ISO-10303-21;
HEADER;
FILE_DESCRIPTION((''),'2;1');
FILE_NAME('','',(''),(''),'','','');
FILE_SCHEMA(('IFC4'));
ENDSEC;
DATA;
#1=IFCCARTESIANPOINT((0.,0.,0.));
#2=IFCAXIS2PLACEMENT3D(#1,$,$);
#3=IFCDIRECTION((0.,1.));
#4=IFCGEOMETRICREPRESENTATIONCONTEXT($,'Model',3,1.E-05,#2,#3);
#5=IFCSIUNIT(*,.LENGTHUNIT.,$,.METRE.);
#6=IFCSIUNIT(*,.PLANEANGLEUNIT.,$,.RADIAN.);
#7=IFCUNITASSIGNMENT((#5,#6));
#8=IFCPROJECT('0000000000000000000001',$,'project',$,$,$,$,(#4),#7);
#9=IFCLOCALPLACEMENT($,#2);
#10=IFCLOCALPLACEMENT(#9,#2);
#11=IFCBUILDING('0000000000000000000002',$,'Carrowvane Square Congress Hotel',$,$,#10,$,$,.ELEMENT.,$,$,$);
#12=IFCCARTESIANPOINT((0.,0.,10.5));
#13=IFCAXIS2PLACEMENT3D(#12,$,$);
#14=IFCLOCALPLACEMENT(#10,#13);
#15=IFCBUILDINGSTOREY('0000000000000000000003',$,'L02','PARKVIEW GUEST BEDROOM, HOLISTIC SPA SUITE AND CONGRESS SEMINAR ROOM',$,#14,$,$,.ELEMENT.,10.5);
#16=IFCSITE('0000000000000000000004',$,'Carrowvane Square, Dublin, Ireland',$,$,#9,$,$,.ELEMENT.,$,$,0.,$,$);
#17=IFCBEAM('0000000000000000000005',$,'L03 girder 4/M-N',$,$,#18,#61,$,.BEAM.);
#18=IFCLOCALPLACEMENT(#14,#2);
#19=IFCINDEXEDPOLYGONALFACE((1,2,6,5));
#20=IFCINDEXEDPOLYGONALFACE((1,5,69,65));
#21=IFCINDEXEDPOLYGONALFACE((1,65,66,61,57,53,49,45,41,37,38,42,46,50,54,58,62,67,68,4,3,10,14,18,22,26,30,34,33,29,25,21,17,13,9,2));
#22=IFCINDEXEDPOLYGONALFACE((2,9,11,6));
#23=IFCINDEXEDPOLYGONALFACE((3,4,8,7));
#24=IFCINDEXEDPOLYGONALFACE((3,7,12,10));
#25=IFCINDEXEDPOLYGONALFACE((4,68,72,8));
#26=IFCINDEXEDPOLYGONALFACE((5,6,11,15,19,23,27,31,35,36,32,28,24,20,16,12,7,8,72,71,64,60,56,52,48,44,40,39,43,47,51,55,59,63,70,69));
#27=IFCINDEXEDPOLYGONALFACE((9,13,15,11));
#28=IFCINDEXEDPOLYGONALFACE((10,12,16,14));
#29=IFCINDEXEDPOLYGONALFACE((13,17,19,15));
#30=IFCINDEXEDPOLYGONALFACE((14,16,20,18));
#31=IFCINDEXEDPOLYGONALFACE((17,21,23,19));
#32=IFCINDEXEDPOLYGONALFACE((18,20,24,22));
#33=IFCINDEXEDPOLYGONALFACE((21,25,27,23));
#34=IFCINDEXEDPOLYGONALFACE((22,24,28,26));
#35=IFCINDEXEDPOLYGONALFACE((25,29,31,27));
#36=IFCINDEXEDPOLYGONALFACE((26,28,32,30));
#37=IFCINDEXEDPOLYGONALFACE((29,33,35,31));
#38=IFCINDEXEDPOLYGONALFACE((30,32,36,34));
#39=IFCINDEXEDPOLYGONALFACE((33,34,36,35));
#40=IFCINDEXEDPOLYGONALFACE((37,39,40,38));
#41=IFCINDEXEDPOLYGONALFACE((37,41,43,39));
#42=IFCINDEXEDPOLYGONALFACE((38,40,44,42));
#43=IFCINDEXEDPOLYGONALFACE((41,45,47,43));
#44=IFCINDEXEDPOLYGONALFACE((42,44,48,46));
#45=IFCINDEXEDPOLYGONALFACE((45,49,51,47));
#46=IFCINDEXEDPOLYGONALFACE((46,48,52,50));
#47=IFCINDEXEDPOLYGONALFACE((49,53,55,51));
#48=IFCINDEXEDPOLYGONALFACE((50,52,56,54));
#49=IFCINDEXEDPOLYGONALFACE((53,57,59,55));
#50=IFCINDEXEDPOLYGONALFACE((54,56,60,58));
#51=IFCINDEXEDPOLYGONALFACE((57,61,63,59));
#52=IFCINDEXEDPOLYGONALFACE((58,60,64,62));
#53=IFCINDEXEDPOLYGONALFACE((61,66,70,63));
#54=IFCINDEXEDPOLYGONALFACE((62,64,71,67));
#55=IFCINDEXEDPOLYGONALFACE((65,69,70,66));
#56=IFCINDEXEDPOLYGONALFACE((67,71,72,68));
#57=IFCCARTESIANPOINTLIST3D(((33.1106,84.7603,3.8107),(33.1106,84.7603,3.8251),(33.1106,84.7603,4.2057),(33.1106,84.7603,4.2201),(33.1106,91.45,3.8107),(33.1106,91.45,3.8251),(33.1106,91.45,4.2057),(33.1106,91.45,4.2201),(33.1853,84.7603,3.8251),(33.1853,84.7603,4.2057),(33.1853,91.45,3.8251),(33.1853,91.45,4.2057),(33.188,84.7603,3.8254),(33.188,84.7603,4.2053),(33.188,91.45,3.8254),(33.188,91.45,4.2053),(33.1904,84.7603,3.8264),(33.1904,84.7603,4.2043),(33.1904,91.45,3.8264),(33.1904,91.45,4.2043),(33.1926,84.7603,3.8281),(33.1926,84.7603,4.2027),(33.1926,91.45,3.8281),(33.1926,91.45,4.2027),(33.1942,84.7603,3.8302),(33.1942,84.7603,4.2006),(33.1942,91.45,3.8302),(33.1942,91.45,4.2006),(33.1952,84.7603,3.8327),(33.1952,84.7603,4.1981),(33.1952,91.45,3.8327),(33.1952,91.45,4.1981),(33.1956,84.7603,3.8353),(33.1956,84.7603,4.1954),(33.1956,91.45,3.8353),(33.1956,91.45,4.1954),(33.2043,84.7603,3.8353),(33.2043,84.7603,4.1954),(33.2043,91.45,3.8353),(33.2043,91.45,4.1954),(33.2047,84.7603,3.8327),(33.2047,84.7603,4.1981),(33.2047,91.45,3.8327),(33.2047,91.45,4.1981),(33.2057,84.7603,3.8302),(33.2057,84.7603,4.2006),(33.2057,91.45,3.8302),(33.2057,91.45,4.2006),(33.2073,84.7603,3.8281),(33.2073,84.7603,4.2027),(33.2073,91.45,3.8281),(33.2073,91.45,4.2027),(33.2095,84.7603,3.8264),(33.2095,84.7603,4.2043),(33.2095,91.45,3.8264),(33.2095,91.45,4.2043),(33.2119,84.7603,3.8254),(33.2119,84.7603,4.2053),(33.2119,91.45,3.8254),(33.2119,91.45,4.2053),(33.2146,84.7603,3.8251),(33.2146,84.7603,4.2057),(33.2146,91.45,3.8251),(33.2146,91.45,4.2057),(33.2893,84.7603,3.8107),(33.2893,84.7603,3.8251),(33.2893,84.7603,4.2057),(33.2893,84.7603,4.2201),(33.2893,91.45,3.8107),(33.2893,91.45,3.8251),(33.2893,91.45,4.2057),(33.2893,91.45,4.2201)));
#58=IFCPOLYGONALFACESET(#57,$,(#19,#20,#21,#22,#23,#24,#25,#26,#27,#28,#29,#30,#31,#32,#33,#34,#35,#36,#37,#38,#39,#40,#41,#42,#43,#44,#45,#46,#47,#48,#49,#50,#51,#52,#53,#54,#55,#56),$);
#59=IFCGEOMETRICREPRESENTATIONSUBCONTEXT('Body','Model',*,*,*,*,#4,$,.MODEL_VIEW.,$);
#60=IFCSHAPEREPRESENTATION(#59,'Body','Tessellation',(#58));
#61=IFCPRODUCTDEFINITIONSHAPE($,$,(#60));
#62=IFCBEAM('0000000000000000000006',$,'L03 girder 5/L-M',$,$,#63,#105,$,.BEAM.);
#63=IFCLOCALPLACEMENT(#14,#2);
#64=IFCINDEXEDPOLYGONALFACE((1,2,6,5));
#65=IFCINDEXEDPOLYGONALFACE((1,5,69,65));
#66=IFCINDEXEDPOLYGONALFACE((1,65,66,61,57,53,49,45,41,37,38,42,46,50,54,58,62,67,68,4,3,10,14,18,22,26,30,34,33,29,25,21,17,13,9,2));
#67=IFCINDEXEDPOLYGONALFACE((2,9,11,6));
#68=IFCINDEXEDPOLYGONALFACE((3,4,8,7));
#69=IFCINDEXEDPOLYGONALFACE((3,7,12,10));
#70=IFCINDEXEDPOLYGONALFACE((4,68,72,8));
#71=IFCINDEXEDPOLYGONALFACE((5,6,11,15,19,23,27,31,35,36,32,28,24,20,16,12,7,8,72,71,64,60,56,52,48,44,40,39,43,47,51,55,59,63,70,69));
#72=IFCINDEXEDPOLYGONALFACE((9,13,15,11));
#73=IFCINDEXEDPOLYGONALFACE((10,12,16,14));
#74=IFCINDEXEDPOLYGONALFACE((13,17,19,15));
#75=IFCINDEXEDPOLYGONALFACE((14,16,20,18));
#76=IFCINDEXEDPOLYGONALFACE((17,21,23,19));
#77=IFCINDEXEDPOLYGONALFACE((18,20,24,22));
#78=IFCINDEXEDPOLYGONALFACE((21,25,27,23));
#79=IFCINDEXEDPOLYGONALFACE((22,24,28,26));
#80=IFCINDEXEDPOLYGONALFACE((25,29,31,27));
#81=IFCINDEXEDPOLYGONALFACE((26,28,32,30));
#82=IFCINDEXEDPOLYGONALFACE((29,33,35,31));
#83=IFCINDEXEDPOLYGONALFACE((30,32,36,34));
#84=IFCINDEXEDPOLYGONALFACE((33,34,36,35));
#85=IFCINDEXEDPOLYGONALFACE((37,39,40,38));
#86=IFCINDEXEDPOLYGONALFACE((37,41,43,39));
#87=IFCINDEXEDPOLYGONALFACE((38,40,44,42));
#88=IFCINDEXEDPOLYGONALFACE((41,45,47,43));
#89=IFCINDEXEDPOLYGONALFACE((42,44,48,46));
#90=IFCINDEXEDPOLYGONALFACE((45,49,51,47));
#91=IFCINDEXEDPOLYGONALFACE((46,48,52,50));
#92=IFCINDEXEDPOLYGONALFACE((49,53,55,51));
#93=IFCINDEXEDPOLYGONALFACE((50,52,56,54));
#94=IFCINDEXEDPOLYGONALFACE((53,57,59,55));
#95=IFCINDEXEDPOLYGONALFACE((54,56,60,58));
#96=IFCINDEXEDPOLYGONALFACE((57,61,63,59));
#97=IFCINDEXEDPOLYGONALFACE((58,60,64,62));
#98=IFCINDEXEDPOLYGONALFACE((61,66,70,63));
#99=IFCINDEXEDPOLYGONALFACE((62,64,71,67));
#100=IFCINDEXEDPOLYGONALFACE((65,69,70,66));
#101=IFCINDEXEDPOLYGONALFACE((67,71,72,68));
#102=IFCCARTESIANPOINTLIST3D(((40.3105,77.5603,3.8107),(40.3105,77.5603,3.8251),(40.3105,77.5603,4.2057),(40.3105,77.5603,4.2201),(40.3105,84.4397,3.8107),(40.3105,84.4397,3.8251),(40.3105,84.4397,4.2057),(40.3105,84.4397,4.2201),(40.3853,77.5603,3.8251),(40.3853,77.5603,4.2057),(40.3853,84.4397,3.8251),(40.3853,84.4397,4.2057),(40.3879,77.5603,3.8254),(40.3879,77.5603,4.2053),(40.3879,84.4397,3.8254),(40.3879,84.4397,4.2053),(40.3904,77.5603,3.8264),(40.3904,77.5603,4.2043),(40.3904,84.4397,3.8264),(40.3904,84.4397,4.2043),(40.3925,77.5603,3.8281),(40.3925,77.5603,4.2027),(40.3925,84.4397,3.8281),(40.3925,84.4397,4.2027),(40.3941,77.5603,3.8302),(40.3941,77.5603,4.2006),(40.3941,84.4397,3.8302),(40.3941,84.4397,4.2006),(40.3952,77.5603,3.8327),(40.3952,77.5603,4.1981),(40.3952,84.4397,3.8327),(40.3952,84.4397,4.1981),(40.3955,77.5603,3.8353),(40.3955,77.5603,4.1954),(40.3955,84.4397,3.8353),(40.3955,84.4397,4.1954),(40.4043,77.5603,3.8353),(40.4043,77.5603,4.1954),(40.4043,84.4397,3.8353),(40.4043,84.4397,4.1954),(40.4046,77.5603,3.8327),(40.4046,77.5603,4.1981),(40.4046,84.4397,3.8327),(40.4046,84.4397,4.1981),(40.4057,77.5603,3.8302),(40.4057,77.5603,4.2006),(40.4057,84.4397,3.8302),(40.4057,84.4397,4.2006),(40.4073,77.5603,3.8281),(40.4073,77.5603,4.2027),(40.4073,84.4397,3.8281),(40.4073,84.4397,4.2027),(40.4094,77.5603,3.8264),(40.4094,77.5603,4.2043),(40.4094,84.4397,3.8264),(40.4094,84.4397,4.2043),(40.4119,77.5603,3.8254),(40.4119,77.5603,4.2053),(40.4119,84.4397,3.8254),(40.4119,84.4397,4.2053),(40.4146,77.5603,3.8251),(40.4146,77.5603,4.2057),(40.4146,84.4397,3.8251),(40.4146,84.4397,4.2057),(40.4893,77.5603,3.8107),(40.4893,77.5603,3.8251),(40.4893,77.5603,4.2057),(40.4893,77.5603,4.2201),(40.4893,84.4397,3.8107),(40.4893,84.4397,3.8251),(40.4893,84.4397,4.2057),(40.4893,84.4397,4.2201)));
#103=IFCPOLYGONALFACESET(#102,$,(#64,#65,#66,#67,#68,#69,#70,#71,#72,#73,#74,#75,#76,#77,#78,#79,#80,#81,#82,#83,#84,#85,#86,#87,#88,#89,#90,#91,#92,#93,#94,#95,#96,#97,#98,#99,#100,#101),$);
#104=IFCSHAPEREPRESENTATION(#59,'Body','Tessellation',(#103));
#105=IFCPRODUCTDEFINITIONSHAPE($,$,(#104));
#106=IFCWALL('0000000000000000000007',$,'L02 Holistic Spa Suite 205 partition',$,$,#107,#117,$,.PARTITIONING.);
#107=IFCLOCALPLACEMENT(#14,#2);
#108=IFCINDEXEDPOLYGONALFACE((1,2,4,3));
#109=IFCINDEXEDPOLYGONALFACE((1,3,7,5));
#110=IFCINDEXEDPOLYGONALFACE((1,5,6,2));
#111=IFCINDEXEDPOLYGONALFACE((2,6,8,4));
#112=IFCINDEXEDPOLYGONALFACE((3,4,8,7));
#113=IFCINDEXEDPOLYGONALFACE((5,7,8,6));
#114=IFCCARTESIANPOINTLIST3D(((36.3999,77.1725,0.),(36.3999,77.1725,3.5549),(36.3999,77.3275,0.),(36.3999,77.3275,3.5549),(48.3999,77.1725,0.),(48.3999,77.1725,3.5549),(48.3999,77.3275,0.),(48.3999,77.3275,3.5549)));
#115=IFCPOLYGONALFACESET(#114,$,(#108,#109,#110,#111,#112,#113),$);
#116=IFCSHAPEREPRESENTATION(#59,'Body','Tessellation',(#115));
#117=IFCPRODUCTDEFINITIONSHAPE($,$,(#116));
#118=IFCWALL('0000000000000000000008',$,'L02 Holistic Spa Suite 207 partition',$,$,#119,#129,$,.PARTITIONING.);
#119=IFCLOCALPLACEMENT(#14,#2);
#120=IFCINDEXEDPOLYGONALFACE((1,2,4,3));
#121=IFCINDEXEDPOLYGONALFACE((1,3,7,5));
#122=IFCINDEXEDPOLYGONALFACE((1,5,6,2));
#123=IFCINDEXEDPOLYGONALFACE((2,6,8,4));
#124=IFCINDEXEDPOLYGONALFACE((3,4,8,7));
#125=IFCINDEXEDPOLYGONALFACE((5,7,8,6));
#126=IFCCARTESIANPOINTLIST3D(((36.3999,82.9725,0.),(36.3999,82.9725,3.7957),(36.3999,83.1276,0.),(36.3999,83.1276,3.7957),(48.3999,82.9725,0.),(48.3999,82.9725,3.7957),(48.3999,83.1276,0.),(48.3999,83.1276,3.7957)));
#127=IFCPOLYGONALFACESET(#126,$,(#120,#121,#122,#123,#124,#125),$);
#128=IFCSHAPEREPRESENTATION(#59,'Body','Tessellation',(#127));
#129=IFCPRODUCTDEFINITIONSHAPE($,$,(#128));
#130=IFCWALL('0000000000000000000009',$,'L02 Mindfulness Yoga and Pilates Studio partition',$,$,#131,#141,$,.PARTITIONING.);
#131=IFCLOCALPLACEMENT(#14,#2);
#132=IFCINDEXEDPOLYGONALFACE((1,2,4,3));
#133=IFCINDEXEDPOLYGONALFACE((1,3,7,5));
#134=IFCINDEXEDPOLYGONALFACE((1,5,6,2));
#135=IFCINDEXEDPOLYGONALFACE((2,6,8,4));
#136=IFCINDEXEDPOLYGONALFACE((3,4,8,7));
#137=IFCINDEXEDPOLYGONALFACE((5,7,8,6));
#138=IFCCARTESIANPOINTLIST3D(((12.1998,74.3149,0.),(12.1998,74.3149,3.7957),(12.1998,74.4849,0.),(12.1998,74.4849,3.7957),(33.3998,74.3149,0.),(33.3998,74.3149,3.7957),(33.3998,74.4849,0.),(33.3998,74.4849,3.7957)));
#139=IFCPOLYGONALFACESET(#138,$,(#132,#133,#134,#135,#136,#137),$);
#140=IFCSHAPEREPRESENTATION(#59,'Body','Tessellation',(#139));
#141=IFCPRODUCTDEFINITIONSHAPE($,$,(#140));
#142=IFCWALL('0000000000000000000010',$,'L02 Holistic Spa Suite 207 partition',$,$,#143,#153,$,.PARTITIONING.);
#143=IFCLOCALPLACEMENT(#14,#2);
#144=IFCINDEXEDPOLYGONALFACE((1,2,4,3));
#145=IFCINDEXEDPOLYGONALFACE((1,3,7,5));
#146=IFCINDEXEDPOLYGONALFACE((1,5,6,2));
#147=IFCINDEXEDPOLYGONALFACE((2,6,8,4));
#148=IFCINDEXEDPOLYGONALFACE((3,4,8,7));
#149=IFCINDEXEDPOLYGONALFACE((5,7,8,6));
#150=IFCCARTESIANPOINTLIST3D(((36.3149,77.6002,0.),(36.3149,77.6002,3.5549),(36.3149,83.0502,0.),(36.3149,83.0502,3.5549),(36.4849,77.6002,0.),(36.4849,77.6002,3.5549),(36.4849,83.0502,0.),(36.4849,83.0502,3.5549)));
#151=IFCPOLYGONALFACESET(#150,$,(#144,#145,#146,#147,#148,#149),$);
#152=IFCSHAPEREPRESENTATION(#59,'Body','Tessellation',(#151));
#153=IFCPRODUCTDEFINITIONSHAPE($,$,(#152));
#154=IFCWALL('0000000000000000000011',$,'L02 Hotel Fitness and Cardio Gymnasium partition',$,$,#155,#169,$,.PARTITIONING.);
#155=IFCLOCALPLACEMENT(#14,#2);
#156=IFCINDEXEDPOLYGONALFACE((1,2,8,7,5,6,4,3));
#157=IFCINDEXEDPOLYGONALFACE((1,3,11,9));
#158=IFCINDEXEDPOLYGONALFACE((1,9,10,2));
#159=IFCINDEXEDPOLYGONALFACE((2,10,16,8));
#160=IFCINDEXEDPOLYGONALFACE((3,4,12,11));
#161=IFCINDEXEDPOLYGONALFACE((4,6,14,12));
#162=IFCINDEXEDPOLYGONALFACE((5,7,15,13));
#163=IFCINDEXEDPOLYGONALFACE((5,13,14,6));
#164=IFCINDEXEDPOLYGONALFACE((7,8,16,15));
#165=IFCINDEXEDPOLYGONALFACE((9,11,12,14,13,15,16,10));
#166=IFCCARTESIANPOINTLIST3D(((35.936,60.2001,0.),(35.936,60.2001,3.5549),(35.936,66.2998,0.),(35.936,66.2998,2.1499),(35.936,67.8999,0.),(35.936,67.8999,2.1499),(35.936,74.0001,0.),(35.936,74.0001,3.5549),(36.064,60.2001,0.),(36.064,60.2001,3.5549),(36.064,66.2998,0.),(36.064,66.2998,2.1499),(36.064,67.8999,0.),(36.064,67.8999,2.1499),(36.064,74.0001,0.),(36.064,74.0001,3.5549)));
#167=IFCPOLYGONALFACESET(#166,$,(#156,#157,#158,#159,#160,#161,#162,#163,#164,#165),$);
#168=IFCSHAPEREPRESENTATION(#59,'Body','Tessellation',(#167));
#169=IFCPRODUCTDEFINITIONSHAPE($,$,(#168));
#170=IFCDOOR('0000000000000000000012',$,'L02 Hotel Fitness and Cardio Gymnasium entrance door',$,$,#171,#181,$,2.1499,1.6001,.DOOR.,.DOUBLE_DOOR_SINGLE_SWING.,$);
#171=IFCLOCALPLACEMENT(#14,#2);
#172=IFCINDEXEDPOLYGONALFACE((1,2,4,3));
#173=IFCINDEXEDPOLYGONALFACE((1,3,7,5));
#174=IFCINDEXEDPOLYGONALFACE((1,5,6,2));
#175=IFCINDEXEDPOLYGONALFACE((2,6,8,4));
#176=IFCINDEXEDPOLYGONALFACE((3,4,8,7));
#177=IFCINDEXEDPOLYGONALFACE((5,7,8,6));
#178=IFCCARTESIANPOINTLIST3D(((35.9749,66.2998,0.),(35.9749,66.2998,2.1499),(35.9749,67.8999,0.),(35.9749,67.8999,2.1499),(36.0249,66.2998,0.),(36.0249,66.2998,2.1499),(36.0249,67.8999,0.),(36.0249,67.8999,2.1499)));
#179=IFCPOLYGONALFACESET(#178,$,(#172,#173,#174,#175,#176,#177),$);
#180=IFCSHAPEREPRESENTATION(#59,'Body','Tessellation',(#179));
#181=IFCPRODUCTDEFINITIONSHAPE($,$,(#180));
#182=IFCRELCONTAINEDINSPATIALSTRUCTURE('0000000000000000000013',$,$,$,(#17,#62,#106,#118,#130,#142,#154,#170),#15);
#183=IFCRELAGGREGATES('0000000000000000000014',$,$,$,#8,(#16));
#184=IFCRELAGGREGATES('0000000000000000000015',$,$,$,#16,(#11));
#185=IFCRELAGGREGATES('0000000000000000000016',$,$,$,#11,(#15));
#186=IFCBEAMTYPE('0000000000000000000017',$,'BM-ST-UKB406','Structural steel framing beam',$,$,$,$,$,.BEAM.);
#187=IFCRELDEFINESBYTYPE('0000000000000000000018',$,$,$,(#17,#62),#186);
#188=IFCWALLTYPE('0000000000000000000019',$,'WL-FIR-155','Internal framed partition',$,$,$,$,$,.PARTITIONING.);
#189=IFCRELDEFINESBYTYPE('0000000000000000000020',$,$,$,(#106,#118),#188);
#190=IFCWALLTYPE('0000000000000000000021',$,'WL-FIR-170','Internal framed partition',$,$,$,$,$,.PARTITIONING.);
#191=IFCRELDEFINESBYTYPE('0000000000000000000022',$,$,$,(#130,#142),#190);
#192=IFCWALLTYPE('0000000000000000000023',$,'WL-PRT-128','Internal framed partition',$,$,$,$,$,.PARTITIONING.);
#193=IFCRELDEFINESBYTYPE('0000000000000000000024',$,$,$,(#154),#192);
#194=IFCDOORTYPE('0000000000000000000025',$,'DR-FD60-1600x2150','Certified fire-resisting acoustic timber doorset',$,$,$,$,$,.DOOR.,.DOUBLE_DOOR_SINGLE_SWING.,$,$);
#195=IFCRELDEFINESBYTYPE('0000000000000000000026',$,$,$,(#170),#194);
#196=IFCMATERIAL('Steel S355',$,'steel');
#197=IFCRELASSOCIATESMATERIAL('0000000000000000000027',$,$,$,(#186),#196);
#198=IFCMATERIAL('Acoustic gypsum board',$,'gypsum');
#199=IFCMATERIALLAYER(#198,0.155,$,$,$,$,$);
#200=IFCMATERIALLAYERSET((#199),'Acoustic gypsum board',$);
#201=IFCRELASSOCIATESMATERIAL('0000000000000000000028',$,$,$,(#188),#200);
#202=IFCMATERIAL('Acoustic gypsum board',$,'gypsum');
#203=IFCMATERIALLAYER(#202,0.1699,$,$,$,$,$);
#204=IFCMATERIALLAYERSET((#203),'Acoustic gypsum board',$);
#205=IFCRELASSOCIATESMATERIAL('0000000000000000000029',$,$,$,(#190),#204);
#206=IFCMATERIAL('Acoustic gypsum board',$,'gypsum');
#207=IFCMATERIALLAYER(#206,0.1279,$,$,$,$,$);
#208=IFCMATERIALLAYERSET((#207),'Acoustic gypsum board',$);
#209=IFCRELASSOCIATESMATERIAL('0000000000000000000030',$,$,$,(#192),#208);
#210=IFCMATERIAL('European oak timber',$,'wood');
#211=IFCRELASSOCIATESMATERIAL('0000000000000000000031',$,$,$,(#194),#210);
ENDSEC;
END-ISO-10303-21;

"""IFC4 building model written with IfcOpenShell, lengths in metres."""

from ifc_helpers import new_model, si_unit, direction, frame, frame_2d, origin, origin_2d, place, context, subcontext, project, spatial, rectangle, i_section, extrude, material, layer, layer_set, material_profile, profile_set, type_object, element, fill, save


model = new_model("IFC4")

# Units and contexts
model_context = context("Model", 3, precision=1e-05, world=origin(), true_north=direction((0.0, 1.0)))
body_context = subcontext(model_context, "Body", "Model", "MODEL_VIEW")
ifc_project = project(units=[si_unit("LENGTHUNIT", "METRE"), si_unit("PLANEANGLEUNIT", "RADIAN")], contexts=[model_context])

# Site, building, storey
site_placement = place(None, origin())
site = spatial("IfcSite", under=ifc_project, at=site_placement, Name="Carrowvane Square, Dublin, Ireland", CompositionType="ELEMENT", RefElevation=0.0)
building_placement = place(site_placement, origin())
building = spatial("IfcBuilding", under=site, at=building_placement, Name="Carrowvane Square Congress Hotel", CompositionType="ELEMENT")
storey_placement = place(building_placement, frame((0.0, 0.0, 10.5)))
storey = spatial("IfcBuildingStorey", under=building, at=storey_placement, Name="L02", Description="PARKVIEW GUEST BEDROOM, HOLISTIC SPA SUITE AND CONGRESS SEMINAR ROOM", CompositionType="ELEMENT", Elevation=10.5)

# Beams
ifc_material_1 = material(Name="Steel S355", Category="steel")
ifc_material_profile_1 = material_profile(ifc_material_1, i_section(OverallWidth=0.1787, OverallDepth=0.4094, WebThickness=0.0088, FlangeThickness=0.0144, FilletRadius=0.0103, at=origin_2d()), Name="UKB 406x178x67")
ifc_profile_set_1 = profile_set([ifc_material_profile_1], Name="Steel S355")
beam_type_1 = type_object("IfcBeamType", Name="BM-ST-UKB406", Description="Structural steel framing beam", PredefinedType="BEAM", material=ifc_profile_set_1)
beam_1_placement = place(storey_placement, frame((33.2, 84.7603, 4.0154), z_axis=(0.0, 1.0, 0.0), x_axis=(-1.0, 0.0, 0.0)))
element("IfcBeam", 1, at=beam_1_placement, inside=storey, type_object=beam_type_1, Name="L03 girder 4/M-N", PredefinedType="BEAM", context=body_context, shape_type="SweptSolid", body=[
    extrude(i_section(OverallWidth=0.1787, OverallDepth=0.4094, WebThickness=0.0088, FlangeThickness=0.0144, FilletRadius=0.0103, at=origin_2d()), origin(), (0.0, 0.0, 1.0), 6.6897),
])
beam_2_placement = place(storey_placement, frame((40.3999, 77.5603, 4.0154), z_axis=(0.0, 1.0, 0.0), x_axis=(-1.0, 0.0, 0.0)))
element("IfcBeam", 2, at=beam_2_placement, inside=storey, type_object=beam_type_1, Name="L03 girder 5/L-M", PredefinedType="BEAM", context=body_context, shape_type="SweptSolid", body=[
    extrude(i_section(OverallWidth=0.1787, OverallDepth=0.4094, WebThickness=0.0088, FlangeThickness=0.0144, FilletRadius=0.0103, at=origin_2d()), origin(), (0.0, 0.0, 1.0), 6.8794),
])

# Walls
ifc_material_2 = material(Name="Acoustic gypsum board", Category="gypsum")
ifc_layer_1 = layer(ifc_material_2, 0.155)
ifc_layer_set_1 = layer_set([ifc_layer_1], Name="Acoustic gypsum board")
wall_type_1 = type_object("IfcWallType", Name="WL-FIR-155", Description="Internal framed partition", PredefinedType="PARTITIONING", material=ifc_layer_set_1)
wall_1_placement = place(storey_placement, frame((36.3999, 77.25, 0.0), z_axis=(0.0, 0.0, 1.0), x_axis=(1.0, 0.0, 0.0)))
element("IfcWall", 3, at=wall_1_placement, inside=storey, type_object=wall_type_1, Name="L02 Holistic Spa Suite 205 partition", PredefinedType="PARTITIONING", context=body_context, shape_type="SweptSolid", body=[
    extrude(rectangle(XDim=12.0, YDim=0.155, at=frame_2d((6.0, 0.0))), origin(), (0.0, 0.0, 1.0), 3.5549),
])
wall_2_placement = place(storey_placement, frame((36.3999, 83.05, 0.0), z_axis=(0.0, 0.0, 1.0), x_axis=(1.0, 0.0, 0.0)))
element("IfcWall", 4, at=wall_2_placement, inside=storey, type_object=wall_type_1, Name="L02 Holistic Spa Suite 207 partition", PredefinedType="PARTITIONING", context=body_context, shape_type="SweptSolid", body=[
    extrude(rectangle(XDim=12.0, YDim=0.155, at=frame_2d((6.0, 0.0))), origin(), (0.0, 0.0, 1.0), 3.7957),
])
ifc_material_3 = material(Name="Acoustic gypsum board", Category="gypsum")
ifc_layer_2 = layer(ifc_material_3, 0.1699)
ifc_layer_set_2 = layer_set([ifc_layer_2], Name="Acoustic gypsum board")
wall_type_2 = type_object("IfcWallType", Name="WL-FIR-170", Description="Internal framed partition", PredefinedType="PARTITIONING", material=ifc_layer_set_2)
wall_3_placement = place(storey_placement, frame((33.3999, 74.3999, 0.0), z_axis=(0.0, 0.0, 1.0), x_axis=(-1.0, 0.0, 0.0)))
element("IfcWall", 5, at=wall_3_placement, inside=storey, type_object=wall_type_2, Name="L02 Mindfulness Yoga and Pilates Studio partition", PredefinedType="PARTITIONING", context=body_context, shape_type="SweptSolid", body=[
    extrude(rectangle(XDim=21.2, YDim=0.1699, at=frame_2d((10.6001, 0.0))), origin(), (0.0, 0.0, 1.0), 3.7957),
])
wall_4_placement = place(storey_placement, frame((36.3999, 77.6001, 0.0), z_axis=(0.0, 0.0, 1.0), x_axis=(0.0, 1.0, 0.0)))
element("IfcWall", 6, at=wall_4_placement, inside=storey, type_object=wall_type_2, Name="L02 Holistic Spa Suite 207 partition", PredefinedType="PARTITIONING", context=body_context, shape_type="SweptSolid", body=[
    extrude(rectangle(XDim=5.45, YDim=0.1699, at=frame_2d((2.7251, 0.0))), origin(), (0.0, 0.0, 1.0), 3.5549),
])

# Wall, opening, door
ifc_material_4 = material(Name="Acoustic gypsum board", Category="gypsum")
ifc_layer_3 = layer(ifc_material_4, 0.1279)
ifc_layer_set_3 = layer_set([ifc_layer_3], Name="Acoustic gypsum board")
wall_type_3 = type_object("IfcWallType", Name="WL-PRT-128", Description="Internal framed partition", PredefinedType="PARTITIONING", material=ifc_layer_set_3)
wall_5_placement = place(storey_placement, frame((36.0, 74.0, 0.0), z_axis=(0.0, 0.0, 1.0), x_axis=(0.0, -1.0, 0.0)))
wall_5 = element("IfcWall", 7, at=wall_5_placement, inside=storey, type_object=wall_type_3, Name="L02 Hotel Fitness and Cardio Gymnasium partition", PredefinedType="PARTITIONING", context=body_context, shape_type="SweptSolid", body=[
    extrude(rectangle(XDim=13.8, YDim=0.1279, at=frame_2d((6.8999, 0.0))), origin(), (0.0, 0.0, 1.0), 3.5549),
])
opening_placement = place(wall_5_placement, frame((6.1001, 0.0, 0.0)))
opening = element("IfcOpeningElement", 8, at=opening_placement, cuts=wall_5, PredefinedType="OPENING", context=body_context, shape_type="SweptSolid", body=[
    extrude(rectangle(XDim=1.6001, YDim=2.1499, at=frame_2d((0.8, 1.075))), frame((0.0, 0.074, 0.0), z_axis=(0.0, -1.0, 0.0), x_axis=(1.0, 0.0, 0.0)), (0.0, 0.0, 1.0), 0.1479),
])
ifc_material_5 = material(Name="European oak timber", Category="wood")
door_type = type_object("IfcDoorType", Name="DR-FD60-1600x2150", Description="Certified fire-resisting acoustic timber doorset", OperationType="DOUBLE_DOOR_SINGLE_SWING", PredefinedType="DOOR", material=ifc_material_5)
door_placement = place(opening_placement, origin())
door = element("IfcDoor", 9, at=door_placement, inside=storey, type_object=door_type, Name="L02 Hotel Fitness and Cardio Gymnasium entrance door", OperationType="DOUBLE_DOOR_SINGLE_SWING", OverallHeight=2.1499, OverallWidth=1.6001, PredefinedType="DOOR", context=body_context, shape_type="SweptSolid", body=[
    extrude(rectangle(XDim=1.6001, YDim=2.1499, at=frame_2d((0.8, 1.075))), frame((0.0, 0.0249, 0.0), z_axis=(0.0, -1.0, 0.0), x_axis=(1.0, 0.0, 0.0)), (0.0, 0.0, 1.0), 0.05),
])
fill(opening, door)

save(model, "model.ifc")
